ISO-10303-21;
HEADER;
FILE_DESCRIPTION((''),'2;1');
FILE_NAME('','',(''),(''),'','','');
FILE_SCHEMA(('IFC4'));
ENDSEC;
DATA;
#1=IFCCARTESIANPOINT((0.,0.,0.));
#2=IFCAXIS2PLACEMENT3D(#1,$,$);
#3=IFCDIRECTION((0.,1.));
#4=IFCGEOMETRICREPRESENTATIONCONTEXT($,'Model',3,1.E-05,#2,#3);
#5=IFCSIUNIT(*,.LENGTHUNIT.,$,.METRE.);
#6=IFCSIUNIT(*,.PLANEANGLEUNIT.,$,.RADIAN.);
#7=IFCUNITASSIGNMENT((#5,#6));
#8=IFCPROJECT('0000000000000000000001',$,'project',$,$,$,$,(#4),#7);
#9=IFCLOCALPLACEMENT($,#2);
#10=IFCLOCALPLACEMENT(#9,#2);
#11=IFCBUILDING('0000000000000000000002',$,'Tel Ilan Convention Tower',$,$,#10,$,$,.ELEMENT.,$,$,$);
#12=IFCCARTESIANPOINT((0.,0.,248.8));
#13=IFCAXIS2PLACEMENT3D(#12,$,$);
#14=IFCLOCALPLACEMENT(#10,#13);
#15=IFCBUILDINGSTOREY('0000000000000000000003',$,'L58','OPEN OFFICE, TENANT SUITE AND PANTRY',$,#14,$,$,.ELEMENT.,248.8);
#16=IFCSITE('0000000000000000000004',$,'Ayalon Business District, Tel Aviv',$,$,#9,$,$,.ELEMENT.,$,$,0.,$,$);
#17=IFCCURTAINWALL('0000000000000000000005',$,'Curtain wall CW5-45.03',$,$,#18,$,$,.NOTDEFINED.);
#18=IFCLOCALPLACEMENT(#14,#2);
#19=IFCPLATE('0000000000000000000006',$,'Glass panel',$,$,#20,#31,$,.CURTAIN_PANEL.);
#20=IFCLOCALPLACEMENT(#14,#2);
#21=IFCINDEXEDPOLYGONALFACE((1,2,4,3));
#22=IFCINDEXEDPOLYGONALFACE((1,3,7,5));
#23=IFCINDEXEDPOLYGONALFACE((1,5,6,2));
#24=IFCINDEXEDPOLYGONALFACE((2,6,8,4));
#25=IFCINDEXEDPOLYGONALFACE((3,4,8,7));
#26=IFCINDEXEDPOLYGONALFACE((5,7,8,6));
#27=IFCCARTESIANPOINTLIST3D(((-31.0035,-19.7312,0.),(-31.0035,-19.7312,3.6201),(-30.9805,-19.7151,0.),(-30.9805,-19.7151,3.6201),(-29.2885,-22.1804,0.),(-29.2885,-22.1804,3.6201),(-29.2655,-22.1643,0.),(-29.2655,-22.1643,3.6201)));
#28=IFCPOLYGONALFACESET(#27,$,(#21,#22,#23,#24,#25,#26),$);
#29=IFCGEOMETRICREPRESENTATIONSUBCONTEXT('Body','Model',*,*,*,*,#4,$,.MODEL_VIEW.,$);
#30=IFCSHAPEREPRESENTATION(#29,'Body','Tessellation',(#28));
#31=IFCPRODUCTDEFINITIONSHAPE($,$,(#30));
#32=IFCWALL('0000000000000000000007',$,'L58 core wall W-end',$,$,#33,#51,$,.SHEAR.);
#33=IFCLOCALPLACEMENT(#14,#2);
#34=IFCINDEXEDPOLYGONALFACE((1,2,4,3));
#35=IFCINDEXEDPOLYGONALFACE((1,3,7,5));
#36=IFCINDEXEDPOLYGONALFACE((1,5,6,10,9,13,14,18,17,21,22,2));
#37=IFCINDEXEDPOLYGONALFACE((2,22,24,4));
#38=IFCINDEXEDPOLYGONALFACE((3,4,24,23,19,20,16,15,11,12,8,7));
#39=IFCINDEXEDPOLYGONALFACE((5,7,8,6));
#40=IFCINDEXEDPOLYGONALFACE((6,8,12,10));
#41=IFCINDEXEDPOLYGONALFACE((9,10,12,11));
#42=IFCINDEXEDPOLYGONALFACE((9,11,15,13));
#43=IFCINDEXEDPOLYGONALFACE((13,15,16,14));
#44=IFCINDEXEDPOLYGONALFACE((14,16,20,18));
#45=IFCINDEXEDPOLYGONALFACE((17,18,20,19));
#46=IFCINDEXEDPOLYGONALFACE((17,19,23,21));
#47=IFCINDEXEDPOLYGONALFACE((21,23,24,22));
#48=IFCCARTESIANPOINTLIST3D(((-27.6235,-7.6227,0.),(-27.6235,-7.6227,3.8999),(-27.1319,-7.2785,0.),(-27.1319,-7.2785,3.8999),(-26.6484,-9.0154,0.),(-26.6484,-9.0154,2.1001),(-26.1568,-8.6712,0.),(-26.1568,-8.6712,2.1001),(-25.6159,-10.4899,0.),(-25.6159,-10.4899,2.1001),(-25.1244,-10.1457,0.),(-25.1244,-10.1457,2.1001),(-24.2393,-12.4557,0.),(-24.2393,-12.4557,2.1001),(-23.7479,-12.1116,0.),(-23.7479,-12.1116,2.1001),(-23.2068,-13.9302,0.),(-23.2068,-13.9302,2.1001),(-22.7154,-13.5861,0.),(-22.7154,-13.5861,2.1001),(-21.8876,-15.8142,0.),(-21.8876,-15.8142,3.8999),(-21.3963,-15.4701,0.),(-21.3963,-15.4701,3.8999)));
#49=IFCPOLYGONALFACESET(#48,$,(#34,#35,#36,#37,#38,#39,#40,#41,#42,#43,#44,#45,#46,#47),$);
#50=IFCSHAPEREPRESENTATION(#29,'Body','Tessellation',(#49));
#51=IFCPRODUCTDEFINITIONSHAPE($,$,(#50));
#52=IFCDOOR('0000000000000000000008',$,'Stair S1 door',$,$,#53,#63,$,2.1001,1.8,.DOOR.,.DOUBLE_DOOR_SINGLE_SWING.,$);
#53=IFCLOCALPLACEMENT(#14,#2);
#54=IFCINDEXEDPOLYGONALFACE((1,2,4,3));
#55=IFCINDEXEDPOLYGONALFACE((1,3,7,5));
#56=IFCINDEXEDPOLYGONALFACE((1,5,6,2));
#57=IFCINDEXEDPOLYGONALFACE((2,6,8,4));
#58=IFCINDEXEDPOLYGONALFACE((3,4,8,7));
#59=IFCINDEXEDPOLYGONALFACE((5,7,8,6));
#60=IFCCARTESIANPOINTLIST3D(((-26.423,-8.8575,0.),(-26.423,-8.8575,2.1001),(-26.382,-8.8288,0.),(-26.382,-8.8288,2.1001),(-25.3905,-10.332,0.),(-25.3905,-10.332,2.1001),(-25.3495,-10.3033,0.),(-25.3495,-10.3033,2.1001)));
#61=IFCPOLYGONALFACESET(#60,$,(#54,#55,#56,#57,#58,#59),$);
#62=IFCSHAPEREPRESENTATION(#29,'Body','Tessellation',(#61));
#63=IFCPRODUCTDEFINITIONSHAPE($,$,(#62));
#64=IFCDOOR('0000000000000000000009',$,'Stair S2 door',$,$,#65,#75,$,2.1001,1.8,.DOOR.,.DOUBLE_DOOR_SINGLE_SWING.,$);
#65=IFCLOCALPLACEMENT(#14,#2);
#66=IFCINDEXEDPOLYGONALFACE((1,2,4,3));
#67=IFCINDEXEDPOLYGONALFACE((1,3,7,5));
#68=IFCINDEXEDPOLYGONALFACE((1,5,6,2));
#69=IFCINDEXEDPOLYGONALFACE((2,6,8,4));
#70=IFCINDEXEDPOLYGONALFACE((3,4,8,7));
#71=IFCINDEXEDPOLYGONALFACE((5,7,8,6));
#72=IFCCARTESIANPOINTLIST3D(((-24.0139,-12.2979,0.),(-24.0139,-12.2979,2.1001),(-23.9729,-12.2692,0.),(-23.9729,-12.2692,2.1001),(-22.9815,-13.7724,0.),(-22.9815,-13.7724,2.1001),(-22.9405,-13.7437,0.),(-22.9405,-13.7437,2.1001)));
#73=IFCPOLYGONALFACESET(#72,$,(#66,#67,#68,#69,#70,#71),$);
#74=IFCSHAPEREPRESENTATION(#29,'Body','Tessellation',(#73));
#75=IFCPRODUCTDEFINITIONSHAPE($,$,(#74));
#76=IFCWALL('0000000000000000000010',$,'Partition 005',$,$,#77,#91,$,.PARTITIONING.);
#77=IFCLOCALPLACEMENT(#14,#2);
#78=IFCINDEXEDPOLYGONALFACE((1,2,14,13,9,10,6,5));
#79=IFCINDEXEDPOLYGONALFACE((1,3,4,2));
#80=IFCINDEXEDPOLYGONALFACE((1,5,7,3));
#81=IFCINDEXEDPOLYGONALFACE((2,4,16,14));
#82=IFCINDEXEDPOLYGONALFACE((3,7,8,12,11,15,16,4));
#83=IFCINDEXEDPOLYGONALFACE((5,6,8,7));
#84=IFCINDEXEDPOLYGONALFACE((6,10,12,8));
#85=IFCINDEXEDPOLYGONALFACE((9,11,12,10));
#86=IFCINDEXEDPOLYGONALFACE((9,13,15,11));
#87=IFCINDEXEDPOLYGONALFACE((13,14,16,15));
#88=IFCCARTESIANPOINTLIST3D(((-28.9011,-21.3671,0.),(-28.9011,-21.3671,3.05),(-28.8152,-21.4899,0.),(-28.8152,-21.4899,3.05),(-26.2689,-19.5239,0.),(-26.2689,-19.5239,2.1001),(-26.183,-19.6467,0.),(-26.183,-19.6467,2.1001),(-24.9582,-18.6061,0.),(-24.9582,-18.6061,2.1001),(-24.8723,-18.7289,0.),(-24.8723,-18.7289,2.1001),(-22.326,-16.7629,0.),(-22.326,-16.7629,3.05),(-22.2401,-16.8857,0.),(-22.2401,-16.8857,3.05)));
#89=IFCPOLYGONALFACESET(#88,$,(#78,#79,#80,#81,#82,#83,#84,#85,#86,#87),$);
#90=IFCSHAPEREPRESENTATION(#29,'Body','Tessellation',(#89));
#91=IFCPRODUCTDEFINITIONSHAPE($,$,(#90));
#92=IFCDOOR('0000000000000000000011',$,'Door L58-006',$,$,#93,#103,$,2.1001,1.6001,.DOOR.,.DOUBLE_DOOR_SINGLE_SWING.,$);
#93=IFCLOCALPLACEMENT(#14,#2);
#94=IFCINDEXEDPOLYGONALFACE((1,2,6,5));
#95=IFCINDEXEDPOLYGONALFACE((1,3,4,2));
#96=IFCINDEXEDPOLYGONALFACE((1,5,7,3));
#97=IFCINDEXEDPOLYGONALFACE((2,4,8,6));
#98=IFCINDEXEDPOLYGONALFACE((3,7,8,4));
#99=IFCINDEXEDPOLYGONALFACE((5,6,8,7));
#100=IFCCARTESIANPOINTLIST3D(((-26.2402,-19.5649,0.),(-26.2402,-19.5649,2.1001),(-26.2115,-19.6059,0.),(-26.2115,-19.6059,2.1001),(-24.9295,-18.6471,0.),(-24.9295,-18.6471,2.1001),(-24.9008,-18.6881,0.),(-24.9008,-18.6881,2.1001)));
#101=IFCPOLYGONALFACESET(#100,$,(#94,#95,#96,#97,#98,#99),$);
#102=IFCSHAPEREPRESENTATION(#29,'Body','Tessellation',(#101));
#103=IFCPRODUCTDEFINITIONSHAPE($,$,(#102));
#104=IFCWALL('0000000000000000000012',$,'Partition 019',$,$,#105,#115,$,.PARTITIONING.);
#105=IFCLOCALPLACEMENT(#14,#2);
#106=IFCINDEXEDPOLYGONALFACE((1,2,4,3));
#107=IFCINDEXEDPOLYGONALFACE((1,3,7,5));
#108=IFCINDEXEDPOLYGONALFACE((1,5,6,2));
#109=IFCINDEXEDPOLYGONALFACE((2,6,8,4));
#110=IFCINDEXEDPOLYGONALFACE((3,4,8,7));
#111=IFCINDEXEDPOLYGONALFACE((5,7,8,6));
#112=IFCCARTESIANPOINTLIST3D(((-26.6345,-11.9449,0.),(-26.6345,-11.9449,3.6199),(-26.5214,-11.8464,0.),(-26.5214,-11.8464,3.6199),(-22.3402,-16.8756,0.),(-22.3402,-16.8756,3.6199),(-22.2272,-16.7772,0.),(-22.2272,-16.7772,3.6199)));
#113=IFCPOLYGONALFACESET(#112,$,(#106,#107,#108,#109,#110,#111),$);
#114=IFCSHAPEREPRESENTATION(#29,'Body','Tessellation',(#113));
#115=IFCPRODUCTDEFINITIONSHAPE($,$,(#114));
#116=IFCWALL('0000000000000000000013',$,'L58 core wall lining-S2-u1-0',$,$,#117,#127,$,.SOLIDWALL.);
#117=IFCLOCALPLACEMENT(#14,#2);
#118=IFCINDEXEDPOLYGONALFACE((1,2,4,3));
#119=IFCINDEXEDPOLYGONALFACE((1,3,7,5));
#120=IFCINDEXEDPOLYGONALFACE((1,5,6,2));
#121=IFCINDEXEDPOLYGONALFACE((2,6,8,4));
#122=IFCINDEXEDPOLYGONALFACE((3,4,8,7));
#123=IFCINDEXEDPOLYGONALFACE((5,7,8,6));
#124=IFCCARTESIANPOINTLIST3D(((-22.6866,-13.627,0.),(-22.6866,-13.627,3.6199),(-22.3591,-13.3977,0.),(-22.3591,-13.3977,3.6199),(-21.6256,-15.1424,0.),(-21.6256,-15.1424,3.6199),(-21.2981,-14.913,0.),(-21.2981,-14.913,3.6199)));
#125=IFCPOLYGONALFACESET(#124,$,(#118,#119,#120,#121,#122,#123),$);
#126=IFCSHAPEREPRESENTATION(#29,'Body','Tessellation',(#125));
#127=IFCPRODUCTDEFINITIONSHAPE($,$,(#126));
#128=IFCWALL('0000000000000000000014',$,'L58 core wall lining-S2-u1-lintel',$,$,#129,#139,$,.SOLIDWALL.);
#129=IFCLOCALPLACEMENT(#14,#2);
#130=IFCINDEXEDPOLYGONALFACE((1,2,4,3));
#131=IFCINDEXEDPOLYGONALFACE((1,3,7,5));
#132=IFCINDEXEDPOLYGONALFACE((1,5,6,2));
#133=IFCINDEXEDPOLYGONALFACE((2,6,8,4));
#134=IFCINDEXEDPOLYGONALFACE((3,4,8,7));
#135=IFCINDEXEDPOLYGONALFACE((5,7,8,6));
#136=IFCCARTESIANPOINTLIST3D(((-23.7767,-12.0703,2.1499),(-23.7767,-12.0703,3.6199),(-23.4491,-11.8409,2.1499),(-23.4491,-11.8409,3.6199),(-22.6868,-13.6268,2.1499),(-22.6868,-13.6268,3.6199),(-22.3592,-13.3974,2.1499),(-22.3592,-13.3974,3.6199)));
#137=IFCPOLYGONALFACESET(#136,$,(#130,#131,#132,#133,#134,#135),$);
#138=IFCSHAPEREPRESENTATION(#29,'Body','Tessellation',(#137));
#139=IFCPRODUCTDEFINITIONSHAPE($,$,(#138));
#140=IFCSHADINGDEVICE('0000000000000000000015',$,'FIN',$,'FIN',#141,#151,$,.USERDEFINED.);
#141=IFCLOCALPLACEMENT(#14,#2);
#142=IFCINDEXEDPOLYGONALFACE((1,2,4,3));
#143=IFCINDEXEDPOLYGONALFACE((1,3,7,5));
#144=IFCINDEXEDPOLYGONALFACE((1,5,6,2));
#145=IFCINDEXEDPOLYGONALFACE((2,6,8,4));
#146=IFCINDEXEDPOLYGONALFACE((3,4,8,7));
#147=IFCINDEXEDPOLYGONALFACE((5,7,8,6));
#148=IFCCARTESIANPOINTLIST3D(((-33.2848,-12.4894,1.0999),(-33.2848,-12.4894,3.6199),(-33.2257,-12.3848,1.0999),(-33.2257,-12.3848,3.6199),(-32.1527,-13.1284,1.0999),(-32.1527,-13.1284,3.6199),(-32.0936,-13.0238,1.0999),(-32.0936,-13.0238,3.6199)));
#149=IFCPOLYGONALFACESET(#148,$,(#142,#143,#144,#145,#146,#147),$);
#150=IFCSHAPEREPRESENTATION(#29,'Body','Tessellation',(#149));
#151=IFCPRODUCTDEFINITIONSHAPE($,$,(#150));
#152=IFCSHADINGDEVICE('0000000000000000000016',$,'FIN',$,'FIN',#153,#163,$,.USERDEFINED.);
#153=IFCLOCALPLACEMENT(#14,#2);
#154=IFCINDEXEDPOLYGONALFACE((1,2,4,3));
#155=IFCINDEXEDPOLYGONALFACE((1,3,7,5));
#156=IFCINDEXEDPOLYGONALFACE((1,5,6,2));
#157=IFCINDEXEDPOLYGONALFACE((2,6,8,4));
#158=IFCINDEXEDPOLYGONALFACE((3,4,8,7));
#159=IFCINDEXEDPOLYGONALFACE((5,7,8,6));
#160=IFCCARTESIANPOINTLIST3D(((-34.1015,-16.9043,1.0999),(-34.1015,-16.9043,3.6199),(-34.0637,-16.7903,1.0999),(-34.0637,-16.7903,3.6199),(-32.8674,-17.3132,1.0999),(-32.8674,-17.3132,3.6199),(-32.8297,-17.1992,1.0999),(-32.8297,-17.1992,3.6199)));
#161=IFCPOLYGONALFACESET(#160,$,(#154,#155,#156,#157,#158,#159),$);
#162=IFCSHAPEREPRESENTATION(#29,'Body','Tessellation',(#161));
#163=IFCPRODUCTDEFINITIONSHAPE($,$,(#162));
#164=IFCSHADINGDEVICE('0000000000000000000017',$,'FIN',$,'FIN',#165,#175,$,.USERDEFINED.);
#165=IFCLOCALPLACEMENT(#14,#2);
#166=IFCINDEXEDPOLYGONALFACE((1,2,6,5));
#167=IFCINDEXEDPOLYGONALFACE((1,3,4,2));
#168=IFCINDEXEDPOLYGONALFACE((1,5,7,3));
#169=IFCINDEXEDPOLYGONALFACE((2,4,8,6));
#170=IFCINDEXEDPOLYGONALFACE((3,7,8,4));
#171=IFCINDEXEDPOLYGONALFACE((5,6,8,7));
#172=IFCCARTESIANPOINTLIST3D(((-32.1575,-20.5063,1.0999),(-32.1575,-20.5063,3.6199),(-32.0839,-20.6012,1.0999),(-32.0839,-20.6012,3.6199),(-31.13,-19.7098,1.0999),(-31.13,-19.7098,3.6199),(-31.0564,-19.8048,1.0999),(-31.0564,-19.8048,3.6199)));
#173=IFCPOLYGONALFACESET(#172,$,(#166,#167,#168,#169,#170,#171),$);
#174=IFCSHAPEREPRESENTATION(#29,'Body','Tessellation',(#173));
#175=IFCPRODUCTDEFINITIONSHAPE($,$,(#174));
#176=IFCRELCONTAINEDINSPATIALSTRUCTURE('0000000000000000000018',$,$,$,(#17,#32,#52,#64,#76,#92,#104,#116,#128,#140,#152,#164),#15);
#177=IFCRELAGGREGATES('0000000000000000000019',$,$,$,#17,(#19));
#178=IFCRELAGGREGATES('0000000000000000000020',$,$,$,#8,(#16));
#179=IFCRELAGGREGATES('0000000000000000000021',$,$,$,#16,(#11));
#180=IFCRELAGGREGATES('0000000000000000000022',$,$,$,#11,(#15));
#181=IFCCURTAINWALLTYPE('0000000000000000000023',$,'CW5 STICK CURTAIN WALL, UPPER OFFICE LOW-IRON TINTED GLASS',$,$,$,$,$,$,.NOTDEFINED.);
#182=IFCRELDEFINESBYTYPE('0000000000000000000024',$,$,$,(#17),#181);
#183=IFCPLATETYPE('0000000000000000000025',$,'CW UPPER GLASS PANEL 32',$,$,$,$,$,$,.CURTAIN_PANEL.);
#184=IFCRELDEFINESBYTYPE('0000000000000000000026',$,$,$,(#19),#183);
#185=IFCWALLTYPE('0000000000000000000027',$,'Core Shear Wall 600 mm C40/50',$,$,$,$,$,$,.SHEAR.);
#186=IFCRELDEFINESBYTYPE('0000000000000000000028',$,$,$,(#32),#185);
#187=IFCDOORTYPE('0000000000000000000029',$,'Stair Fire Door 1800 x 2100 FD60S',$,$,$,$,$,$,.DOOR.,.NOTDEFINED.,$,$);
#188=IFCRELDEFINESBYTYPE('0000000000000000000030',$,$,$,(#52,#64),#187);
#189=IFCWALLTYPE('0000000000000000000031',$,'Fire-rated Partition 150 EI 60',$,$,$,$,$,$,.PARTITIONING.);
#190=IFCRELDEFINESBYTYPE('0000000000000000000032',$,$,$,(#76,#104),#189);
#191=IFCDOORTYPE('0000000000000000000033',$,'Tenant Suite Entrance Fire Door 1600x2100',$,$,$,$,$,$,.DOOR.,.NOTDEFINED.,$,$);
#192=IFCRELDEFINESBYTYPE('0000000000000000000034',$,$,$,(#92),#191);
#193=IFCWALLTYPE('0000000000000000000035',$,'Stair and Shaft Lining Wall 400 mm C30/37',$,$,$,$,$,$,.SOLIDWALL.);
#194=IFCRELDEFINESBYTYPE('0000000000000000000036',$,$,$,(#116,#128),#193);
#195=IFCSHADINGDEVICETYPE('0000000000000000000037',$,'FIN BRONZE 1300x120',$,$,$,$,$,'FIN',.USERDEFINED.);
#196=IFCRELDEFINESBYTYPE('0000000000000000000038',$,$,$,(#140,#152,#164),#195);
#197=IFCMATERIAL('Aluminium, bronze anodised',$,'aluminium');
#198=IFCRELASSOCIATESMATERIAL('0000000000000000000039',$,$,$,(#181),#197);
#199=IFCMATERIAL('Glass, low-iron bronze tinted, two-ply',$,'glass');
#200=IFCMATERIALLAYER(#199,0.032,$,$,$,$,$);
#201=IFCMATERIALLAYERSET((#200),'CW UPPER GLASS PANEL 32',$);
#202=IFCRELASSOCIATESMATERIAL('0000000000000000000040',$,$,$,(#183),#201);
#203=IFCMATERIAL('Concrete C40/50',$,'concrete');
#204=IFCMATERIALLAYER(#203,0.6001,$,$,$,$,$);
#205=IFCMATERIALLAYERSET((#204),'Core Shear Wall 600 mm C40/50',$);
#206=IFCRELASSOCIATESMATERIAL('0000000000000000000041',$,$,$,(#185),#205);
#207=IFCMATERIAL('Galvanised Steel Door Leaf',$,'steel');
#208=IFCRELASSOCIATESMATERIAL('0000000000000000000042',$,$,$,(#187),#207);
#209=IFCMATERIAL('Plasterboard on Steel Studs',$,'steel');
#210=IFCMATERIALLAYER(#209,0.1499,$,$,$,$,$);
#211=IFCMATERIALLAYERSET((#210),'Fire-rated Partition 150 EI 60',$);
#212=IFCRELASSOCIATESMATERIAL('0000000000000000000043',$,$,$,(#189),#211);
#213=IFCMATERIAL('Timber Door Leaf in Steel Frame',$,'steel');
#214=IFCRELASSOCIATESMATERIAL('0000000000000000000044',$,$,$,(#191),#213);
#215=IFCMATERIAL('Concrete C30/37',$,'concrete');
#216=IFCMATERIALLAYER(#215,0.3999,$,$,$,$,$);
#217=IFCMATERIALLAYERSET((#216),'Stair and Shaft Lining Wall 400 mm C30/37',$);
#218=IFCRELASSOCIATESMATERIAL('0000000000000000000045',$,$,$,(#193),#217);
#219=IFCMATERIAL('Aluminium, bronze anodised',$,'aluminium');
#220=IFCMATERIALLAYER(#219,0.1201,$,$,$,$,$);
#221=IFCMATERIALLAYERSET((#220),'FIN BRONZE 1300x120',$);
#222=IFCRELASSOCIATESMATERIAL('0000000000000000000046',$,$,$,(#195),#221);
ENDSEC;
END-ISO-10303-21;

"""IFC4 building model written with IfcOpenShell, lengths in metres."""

from ifc_helpers import new_model, si_unit, direction, frame, frame_2d, origin, origin_2d, place, context, subcontext, project, spatial, polyline, rectangle, outline, extrude, material, layer, layer_set, type_object, element, fill, aggregate, save


model = new_model("IFC4")

# Units and contexts
model_context = context("Model", 3, precision=1e-05, world=origin(), true_north=direction((0.0, 1.0)))
body_context = subcontext(model_context, "Body", "Model", "MODEL_VIEW")
ifc_project = project(units=[si_unit("LENGTHUNIT", "METRE"), si_unit("PLANEANGLEUNIT", "RADIAN")], contexts=[model_context])

# Site, building, storey
site_placement = place(None, origin())
site = spatial("IfcSite", under=ifc_project, at=site_placement, Name="Ayalon Business District, Tel Aviv", CompositionType="ELEMENT", RefElevation=0.0)
building_placement = place(site_placement, origin())
building = spatial("IfcBuilding", under=site, at=building_placement, Name="Tel Ilan Convention Tower", CompositionType="ELEMENT")
storey_placement = place(building_placement, frame((0.0, 0.0, 248.8)))
storey = spatial("IfcBuildingStorey", under=building, at=storey_placement, Name="L58", Description="OPEN OFFICE, TENANT SUITE AND PANTRY", CompositionType="ELEMENT", Elevation=248.8)

# Curtain wall, plate
ifc_material_1 = material(Name="Aluminium, bronze anodised", Category="aluminium")
curtain_wall_type = type_object("IfcCurtainWallType", Name="CW5 STICK CURTAIN WALL, UPPER OFFICE LOW-IRON TINTED GLASS", PredefinedType="NOTDEFINED", material=ifc_material_1)
curtain_wall_placement = place(storey_placement, origin())
curtain_wall = element("IfcCurtainWall", 1, at=curtain_wall_placement, inside=storey, type_object=curtain_wall_type, Name="Curtain wall CW5-45.03", PredefinedType="NOTDEFINED")
ifc_material_2 = material(Name="Glass, low-iron bronze tinted, two-ply", Category="glass")
ifc_layer_1 = layer(ifc_material_2, 0.032)
ifc_layer_set_1 = layer_set([ifc_layer_1], Name="CW UPPER GLASS PANEL 32")
plate_type = type_object("IfcPlateType", Name="CW UPPER GLASS PANEL 32", PredefinedType="CURTAIN_PANEL", material=ifc_layer_set_1)
plate_1_placement = place(storey_placement, frame((-30.1345, -20.9478, 0.0), z_axis=(0.0, 0.0, 1.0), x_axis=(0.573576, -0.819152, 0.0)))
plate_1 = element("IfcPlate", 2, at=plate_1_placement, type_object=plate_type, Name="Glass panel", PredefinedType="CURTAIN_PANEL", context=body_context, shape_type="SweptSolid", body=[
    extrude(rectangle(XDim=2.99, YDim=0.0281, at=origin_2d()), origin(), (0.0, 0.0, 1.0), 3.6201),
])
aggregate(curtain_wall, [plate_1])

# Wall, openings, doors
ifc_material_3 = material(Name="Concrete C40/50", Category="concrete")
ifc_layer_2 = layer(ifc_material_3, 0.6001)
ifc_layer_set_2 = layer_set([ifc_layer_2], Name="Core Shear Wall 600 mm C40/50")
wall_type_1 = type_object("IfcWallType", Name="Core Shear Wall 600 mm C40/50", PredefinedType="SHEAR", material=ifc_layer_set_2)
wall_1_placement = place(storey_placement, frame((-21.6418, -15.6421, 0.0), z_axis=(0.0, 0.0, 1.0), x_axis=(-0.573587, 0.819145, 0.0)))
wall_1 = element("IfcWall", 3, at=wall_1_placement, inside=storey, type_object=wall_type_1, Name="L58 core wall W-end", PredefinedType="SHEAR", context=body_context, shape_type="SweptSolid", body=[
    extrude(outline(polyline([(0.0, 0.3), (0.0, -0.2998), (10.0, -0.3), (10.0, 0.3), (0.0, 0.3)])), origin(), (0.0, 0.0, 1.0), 3.8999),
])
opening_1_placement = place(wall_1_placement, frame((6.5, 0.0, 0.0)))
opening_1 = element("IfcOpeningElement", 4, at=opening_1_placement, cuts=wall_1, PredefinedType="OPENING", context=body_context, shape_type="SweptSolid", body=[
    extrude(rectangle(XDim=1.8, YDim=2.1001, at=frame_2d((0.8999, 1.05))), frame((0.0, 0.3101, 0.0), z_axis=(0.0, -1.0, 0.0), x_axis=(1.0, 0.0, 0.0)), (0.0, 0.0, 1.0), 0.6201),
])
opening_2_placement = place(wall_1_placement, frame((2.3, 0.0, 0.0)))
opening_2 = element("IfcOpeningElement", 5, at=opening_2_placement, cuts=wall_1, PredefinedType="OPENING", context=body_context, shape_type="SweptSolid", body=[
    extrude(rectangle(XDim=1.8, YDim=2.1001, at=frame_2d((0.8999, 1.05))), frame((0.0, 0.3101, 0.0), z_axis=(0.0, -1.0, 0.0), x_axis=(1.0, 0.0, 0.0)), (0.0, 0.0, 1.0), 0.6201),
])
ifc_material_4 = material(Name="Galvanised Steel Door Leaf", Category="steel")
door_type_1 = type_object("IfcDoorType", Name="Stair Fire Door 1800 x 2100 FD60S", OperationType="NOTDEFINED", PredefinedType="DOOR", material=ifc_material_4)
door_1_placement = place(opening_1_placement, origin())
door_1 = element("IfcDoor", 6, at=door_1_placement, inside=storey, type_object=door_type_1, Name="Stair S1 door", OperationType="DOUBLE_DOOR_SINGLE_SWING", OverallHeight=2.1001, OverallWidth=1.8, PredefinedType="DOOR", context=body_context, shape_type="SweptSolid", body=[
    extrude(rectangle(XDim=1.8, YDim=2.1001, at=frame_2d((0.8999, 1.05))), frame((0.0, 0.0249, 0.0), z_axis=(0.0, -1.0, 0.0), x_axis=(1.0, 0.0, 0.0)), (0.0, 0.0, 1.0), 0.05),
])
fill(opening_1, door_1)
door_2_placement = place(opening_2_placement, origin())
door_2 = element("IfcDoor", 7, at=door_2_placement, inside=storey, type_object=door_type_1, Name="Stair S2 door", OperationType="DOUBLE_DOOR_SINGLE_SWING", OverallHeight=2.1001, OverallWidth=1.8, PredefinedType="DOOR", context=body_context, shape_type="SweptSolid", body=[
    extrude(rectangle(XDim=1.8, YDim=2.1001, at=frame_2d((0.8999, 1.05))), frame((0.0, 0.0249, 0.0), z_axis=(0.0, -1.0, 0.0), x_axis=(1.0, 0.0, 0.0)), (0.0, 0.0, 1.0), 0.05),
])
fill(opening_2, door_2)

# Wall, opening, door
ifc_material_5 = material(Name="Plasterboard on Steel Studs", Category="steel")
ifc_layer_3 = layer(ifc_material_5, 0.1499)
ifc_layer_set_3 = layer_set([ifc_layer_3], Name="Fire-rated Partition 150 EI 60")
wall_type_2 = type_object("IfcWallType", Name="Fire-rated Partition 150 EI 60", PredefinedType="PARTITIONING", material=ifc_layer_set_3)
wall_2_placement = place(storey_placement, frame((-28.8582, -21.4285, 0.0), z_axis=(0.0, 0.0, 1.0), x_axis=(0.819138, 0.573597, 0.0)))
wall_2 = element("IfcWall", 8, at=wall_2_placement, inside=storey, type_object=wall_type_2, Name="Partition 005", PredefinedType="PARTITIONING", context=body_context, shape_type="SweptSolid", body=[
    extrude(rectangle(XDim=8.0269, YDim=0.1499, at=frame_2d((4.0134, 0.0))), origin(), (0.0, 0.0, 1.0), 3.05),
])
opening_3_placement = place(wall_2_placement, frame((3.2134, 0.0, 0.0)))
opening_3 = element("IfcOpeningElement", 9, at=opening_3_placement, cuts=wall_2, PredefinedType="OPENING", context=body_context, shape_type="SweptSolid", body=[
    extrude(rectangle(XDim=1.6001, YDim=2.1001, at=frame_2d((0.8, 1.05))), frame((0.0, 0.085, 0.0), z_axis=(0.0, -1.0, 0.0), x_axis=(1.0, 0.0, 0.0)), (0.0, 0.0, 1.0), 0.1699),
])
ifc_material_6 = material(Name="Timber Door Leaf in Steel Frame", Category="steel")
door_type_2 = type_object("IfcDoorType", Name="Tenant Suite Entrance Fire Door 1600x2100", OperationType="NOTDEFINED", PredefinedType="DOOR", material=ifc_material_6)
door_3_placement = place(opening_3_placement, origin())
door_3 = element("IfcDoor", 10, at=door_3_placement, inside=storey, type_object=door_type_2, Name="Door L58-006", OperationType="DOUBLE_DOOR_SINGLE_SWING", OverallHeight=2.1001, OverallWidth=1.6001, PredefinedType="DOOR", context=body_context, shape_type="SweptSolid", body=[
    extrude(rectangle(XDim=1.6001, YDim=2.1001, at=frame_2d((0.8, 1.05))), frame((0.0, 0.0249, 0.0), z_axis=(0.0, -1.0, 0.0), x_axis=(1.0, 0.0, 0.0)), (0.0, 0.0, 1.0), 0.05),
])
fill(opening_3, door_3)

# Walls
wall_3_placement = place(storey_placement, frame((-22.2837, -16.8264, 0.0), z_axis=(0.0, 0.0, 1.0), x_axis=(-0.656758, 0.754101, 0.0)))
element("IfcWall", 11, at=wall_3_placement, inside=storey, type_object=wall_type_2, Name="Partition 019", PredefinedType="PARTITIONING", context=body_context, shape_type="SweptSolid", body=[
    extrude(rectangle(XDim=6.5386, YDim=0.1499, at=frame_2d((3.2693, 0.0))), origin(), (0.0, 0.0, 1.0), 3.6199),
])
ifc_material_7 = material(Name="Concrete C30/37", Category="concrete")
ifc_layer_4 = layer(ifc_material_7, 0.3999)
ifc_layer_set_4 = layer_set([ifc_layer_4], Name="Stair and Shaft Lining Wall 400 mm C30/37")
wall_type_3 = type_object("IfcWallType", Name="Stair and Shaft Lining Wall 400 mm C30/37", PredefinedType="SOLIDWALL", material=ifc_layer_set_4)
wall_4_placement = place(storey_placement, frame((-21.4619, -15.0276, 0.0), z_axis=(0.0, 0.0, 1.0), x_axis=(-0.57356, 0.819164, 0.0)))
element("IfcWall", 12, at=wall_4_placement, inside=storey, type_object=wall_type_3, Name="L58 core wall lining-S2-u1-0", PredefinedType="SOLIDWALL", context=body_context, shape_type="SweptSolid", body=[
    extrude(rectangle(XDim=1.8499, YDim=0.3999, at=frame_2d((0.9248, 0.0))), origin(), (0.0, 0.0, 1.0), 3.6199),
])
wall_5_placement = place(storey_placement, frame((-22.5229, -13.5122, 2.1499), z_axis=(0.0, 0.0, 1.0), x_axis=(-0.573592, 0.819141, 0.0)))
element("IfcWall", 13, at=wall_5_placement, inside=storey, type_object=wall_type_3, Name="L58 core wall lining-S2-u1-lintel", PredefinedType="SOLIDWALL", context=body_context, shape_type="SweptSolid", body=[
    extrude(rectangle(XDim=1.9001, YDim=0.3999, at=frame_2d((0.9502, 0.0))), origin(), (0.0, 0.0, 1.0), 1.47),
])

# Shading devices
ifc_material_8 = material(Name="Aluminium, bronze anodised", Category="aluminium")
ifc_layer_5 = layer(ifc_material_8, 0.1201)
ifc_layer_set_5 = layer_set([ifc_layer_5], Name="FIN BRONZE 1300x120")
shading_device_type = type_object("IfcShadingDeviceType", Name="FIN BRONZE 1300x120", ElementType="FIN", PredefinedType="USERDEFINED", material=ifc_layer_set_5)
for number, where, z_axis, x_axis, name in (
    (14, (-32.6892, -12.7566, 1.0999), (0.0, 0.0, 1.0), (-0.870833, 0.491579, 0.0), "FIN"),
    (15, (-33.4656, -17.0518, 1.0999), (0.0, 0.0, 1.0), (-0.949243, 0.314545, 0.0), "FIN"),
    (16, (-31.6069, -20.1555, 1.0999), (0.0, 0.0, 1.0), (-0.790393, -0.612601, 0.0), "FIN"),
):
    element("IfcShadingDevice", number, at=place(storey_placement, frame(where, z_axis=z_axis, x_axis=x_axis)), inside=storey, type_object=shading_device_type, Name=name, ObjectType="FIN", PredefinedType="USERDEFINED", context=body_context, shape_type="SweptSolid", body=[
        extrude(rectangle(XDim=1.3, YDim=0.1201, at=origin_2d()), origin(), (0.0, 0.0, 1.0), 2.52),
    ])

save(model, "model.ifc")
